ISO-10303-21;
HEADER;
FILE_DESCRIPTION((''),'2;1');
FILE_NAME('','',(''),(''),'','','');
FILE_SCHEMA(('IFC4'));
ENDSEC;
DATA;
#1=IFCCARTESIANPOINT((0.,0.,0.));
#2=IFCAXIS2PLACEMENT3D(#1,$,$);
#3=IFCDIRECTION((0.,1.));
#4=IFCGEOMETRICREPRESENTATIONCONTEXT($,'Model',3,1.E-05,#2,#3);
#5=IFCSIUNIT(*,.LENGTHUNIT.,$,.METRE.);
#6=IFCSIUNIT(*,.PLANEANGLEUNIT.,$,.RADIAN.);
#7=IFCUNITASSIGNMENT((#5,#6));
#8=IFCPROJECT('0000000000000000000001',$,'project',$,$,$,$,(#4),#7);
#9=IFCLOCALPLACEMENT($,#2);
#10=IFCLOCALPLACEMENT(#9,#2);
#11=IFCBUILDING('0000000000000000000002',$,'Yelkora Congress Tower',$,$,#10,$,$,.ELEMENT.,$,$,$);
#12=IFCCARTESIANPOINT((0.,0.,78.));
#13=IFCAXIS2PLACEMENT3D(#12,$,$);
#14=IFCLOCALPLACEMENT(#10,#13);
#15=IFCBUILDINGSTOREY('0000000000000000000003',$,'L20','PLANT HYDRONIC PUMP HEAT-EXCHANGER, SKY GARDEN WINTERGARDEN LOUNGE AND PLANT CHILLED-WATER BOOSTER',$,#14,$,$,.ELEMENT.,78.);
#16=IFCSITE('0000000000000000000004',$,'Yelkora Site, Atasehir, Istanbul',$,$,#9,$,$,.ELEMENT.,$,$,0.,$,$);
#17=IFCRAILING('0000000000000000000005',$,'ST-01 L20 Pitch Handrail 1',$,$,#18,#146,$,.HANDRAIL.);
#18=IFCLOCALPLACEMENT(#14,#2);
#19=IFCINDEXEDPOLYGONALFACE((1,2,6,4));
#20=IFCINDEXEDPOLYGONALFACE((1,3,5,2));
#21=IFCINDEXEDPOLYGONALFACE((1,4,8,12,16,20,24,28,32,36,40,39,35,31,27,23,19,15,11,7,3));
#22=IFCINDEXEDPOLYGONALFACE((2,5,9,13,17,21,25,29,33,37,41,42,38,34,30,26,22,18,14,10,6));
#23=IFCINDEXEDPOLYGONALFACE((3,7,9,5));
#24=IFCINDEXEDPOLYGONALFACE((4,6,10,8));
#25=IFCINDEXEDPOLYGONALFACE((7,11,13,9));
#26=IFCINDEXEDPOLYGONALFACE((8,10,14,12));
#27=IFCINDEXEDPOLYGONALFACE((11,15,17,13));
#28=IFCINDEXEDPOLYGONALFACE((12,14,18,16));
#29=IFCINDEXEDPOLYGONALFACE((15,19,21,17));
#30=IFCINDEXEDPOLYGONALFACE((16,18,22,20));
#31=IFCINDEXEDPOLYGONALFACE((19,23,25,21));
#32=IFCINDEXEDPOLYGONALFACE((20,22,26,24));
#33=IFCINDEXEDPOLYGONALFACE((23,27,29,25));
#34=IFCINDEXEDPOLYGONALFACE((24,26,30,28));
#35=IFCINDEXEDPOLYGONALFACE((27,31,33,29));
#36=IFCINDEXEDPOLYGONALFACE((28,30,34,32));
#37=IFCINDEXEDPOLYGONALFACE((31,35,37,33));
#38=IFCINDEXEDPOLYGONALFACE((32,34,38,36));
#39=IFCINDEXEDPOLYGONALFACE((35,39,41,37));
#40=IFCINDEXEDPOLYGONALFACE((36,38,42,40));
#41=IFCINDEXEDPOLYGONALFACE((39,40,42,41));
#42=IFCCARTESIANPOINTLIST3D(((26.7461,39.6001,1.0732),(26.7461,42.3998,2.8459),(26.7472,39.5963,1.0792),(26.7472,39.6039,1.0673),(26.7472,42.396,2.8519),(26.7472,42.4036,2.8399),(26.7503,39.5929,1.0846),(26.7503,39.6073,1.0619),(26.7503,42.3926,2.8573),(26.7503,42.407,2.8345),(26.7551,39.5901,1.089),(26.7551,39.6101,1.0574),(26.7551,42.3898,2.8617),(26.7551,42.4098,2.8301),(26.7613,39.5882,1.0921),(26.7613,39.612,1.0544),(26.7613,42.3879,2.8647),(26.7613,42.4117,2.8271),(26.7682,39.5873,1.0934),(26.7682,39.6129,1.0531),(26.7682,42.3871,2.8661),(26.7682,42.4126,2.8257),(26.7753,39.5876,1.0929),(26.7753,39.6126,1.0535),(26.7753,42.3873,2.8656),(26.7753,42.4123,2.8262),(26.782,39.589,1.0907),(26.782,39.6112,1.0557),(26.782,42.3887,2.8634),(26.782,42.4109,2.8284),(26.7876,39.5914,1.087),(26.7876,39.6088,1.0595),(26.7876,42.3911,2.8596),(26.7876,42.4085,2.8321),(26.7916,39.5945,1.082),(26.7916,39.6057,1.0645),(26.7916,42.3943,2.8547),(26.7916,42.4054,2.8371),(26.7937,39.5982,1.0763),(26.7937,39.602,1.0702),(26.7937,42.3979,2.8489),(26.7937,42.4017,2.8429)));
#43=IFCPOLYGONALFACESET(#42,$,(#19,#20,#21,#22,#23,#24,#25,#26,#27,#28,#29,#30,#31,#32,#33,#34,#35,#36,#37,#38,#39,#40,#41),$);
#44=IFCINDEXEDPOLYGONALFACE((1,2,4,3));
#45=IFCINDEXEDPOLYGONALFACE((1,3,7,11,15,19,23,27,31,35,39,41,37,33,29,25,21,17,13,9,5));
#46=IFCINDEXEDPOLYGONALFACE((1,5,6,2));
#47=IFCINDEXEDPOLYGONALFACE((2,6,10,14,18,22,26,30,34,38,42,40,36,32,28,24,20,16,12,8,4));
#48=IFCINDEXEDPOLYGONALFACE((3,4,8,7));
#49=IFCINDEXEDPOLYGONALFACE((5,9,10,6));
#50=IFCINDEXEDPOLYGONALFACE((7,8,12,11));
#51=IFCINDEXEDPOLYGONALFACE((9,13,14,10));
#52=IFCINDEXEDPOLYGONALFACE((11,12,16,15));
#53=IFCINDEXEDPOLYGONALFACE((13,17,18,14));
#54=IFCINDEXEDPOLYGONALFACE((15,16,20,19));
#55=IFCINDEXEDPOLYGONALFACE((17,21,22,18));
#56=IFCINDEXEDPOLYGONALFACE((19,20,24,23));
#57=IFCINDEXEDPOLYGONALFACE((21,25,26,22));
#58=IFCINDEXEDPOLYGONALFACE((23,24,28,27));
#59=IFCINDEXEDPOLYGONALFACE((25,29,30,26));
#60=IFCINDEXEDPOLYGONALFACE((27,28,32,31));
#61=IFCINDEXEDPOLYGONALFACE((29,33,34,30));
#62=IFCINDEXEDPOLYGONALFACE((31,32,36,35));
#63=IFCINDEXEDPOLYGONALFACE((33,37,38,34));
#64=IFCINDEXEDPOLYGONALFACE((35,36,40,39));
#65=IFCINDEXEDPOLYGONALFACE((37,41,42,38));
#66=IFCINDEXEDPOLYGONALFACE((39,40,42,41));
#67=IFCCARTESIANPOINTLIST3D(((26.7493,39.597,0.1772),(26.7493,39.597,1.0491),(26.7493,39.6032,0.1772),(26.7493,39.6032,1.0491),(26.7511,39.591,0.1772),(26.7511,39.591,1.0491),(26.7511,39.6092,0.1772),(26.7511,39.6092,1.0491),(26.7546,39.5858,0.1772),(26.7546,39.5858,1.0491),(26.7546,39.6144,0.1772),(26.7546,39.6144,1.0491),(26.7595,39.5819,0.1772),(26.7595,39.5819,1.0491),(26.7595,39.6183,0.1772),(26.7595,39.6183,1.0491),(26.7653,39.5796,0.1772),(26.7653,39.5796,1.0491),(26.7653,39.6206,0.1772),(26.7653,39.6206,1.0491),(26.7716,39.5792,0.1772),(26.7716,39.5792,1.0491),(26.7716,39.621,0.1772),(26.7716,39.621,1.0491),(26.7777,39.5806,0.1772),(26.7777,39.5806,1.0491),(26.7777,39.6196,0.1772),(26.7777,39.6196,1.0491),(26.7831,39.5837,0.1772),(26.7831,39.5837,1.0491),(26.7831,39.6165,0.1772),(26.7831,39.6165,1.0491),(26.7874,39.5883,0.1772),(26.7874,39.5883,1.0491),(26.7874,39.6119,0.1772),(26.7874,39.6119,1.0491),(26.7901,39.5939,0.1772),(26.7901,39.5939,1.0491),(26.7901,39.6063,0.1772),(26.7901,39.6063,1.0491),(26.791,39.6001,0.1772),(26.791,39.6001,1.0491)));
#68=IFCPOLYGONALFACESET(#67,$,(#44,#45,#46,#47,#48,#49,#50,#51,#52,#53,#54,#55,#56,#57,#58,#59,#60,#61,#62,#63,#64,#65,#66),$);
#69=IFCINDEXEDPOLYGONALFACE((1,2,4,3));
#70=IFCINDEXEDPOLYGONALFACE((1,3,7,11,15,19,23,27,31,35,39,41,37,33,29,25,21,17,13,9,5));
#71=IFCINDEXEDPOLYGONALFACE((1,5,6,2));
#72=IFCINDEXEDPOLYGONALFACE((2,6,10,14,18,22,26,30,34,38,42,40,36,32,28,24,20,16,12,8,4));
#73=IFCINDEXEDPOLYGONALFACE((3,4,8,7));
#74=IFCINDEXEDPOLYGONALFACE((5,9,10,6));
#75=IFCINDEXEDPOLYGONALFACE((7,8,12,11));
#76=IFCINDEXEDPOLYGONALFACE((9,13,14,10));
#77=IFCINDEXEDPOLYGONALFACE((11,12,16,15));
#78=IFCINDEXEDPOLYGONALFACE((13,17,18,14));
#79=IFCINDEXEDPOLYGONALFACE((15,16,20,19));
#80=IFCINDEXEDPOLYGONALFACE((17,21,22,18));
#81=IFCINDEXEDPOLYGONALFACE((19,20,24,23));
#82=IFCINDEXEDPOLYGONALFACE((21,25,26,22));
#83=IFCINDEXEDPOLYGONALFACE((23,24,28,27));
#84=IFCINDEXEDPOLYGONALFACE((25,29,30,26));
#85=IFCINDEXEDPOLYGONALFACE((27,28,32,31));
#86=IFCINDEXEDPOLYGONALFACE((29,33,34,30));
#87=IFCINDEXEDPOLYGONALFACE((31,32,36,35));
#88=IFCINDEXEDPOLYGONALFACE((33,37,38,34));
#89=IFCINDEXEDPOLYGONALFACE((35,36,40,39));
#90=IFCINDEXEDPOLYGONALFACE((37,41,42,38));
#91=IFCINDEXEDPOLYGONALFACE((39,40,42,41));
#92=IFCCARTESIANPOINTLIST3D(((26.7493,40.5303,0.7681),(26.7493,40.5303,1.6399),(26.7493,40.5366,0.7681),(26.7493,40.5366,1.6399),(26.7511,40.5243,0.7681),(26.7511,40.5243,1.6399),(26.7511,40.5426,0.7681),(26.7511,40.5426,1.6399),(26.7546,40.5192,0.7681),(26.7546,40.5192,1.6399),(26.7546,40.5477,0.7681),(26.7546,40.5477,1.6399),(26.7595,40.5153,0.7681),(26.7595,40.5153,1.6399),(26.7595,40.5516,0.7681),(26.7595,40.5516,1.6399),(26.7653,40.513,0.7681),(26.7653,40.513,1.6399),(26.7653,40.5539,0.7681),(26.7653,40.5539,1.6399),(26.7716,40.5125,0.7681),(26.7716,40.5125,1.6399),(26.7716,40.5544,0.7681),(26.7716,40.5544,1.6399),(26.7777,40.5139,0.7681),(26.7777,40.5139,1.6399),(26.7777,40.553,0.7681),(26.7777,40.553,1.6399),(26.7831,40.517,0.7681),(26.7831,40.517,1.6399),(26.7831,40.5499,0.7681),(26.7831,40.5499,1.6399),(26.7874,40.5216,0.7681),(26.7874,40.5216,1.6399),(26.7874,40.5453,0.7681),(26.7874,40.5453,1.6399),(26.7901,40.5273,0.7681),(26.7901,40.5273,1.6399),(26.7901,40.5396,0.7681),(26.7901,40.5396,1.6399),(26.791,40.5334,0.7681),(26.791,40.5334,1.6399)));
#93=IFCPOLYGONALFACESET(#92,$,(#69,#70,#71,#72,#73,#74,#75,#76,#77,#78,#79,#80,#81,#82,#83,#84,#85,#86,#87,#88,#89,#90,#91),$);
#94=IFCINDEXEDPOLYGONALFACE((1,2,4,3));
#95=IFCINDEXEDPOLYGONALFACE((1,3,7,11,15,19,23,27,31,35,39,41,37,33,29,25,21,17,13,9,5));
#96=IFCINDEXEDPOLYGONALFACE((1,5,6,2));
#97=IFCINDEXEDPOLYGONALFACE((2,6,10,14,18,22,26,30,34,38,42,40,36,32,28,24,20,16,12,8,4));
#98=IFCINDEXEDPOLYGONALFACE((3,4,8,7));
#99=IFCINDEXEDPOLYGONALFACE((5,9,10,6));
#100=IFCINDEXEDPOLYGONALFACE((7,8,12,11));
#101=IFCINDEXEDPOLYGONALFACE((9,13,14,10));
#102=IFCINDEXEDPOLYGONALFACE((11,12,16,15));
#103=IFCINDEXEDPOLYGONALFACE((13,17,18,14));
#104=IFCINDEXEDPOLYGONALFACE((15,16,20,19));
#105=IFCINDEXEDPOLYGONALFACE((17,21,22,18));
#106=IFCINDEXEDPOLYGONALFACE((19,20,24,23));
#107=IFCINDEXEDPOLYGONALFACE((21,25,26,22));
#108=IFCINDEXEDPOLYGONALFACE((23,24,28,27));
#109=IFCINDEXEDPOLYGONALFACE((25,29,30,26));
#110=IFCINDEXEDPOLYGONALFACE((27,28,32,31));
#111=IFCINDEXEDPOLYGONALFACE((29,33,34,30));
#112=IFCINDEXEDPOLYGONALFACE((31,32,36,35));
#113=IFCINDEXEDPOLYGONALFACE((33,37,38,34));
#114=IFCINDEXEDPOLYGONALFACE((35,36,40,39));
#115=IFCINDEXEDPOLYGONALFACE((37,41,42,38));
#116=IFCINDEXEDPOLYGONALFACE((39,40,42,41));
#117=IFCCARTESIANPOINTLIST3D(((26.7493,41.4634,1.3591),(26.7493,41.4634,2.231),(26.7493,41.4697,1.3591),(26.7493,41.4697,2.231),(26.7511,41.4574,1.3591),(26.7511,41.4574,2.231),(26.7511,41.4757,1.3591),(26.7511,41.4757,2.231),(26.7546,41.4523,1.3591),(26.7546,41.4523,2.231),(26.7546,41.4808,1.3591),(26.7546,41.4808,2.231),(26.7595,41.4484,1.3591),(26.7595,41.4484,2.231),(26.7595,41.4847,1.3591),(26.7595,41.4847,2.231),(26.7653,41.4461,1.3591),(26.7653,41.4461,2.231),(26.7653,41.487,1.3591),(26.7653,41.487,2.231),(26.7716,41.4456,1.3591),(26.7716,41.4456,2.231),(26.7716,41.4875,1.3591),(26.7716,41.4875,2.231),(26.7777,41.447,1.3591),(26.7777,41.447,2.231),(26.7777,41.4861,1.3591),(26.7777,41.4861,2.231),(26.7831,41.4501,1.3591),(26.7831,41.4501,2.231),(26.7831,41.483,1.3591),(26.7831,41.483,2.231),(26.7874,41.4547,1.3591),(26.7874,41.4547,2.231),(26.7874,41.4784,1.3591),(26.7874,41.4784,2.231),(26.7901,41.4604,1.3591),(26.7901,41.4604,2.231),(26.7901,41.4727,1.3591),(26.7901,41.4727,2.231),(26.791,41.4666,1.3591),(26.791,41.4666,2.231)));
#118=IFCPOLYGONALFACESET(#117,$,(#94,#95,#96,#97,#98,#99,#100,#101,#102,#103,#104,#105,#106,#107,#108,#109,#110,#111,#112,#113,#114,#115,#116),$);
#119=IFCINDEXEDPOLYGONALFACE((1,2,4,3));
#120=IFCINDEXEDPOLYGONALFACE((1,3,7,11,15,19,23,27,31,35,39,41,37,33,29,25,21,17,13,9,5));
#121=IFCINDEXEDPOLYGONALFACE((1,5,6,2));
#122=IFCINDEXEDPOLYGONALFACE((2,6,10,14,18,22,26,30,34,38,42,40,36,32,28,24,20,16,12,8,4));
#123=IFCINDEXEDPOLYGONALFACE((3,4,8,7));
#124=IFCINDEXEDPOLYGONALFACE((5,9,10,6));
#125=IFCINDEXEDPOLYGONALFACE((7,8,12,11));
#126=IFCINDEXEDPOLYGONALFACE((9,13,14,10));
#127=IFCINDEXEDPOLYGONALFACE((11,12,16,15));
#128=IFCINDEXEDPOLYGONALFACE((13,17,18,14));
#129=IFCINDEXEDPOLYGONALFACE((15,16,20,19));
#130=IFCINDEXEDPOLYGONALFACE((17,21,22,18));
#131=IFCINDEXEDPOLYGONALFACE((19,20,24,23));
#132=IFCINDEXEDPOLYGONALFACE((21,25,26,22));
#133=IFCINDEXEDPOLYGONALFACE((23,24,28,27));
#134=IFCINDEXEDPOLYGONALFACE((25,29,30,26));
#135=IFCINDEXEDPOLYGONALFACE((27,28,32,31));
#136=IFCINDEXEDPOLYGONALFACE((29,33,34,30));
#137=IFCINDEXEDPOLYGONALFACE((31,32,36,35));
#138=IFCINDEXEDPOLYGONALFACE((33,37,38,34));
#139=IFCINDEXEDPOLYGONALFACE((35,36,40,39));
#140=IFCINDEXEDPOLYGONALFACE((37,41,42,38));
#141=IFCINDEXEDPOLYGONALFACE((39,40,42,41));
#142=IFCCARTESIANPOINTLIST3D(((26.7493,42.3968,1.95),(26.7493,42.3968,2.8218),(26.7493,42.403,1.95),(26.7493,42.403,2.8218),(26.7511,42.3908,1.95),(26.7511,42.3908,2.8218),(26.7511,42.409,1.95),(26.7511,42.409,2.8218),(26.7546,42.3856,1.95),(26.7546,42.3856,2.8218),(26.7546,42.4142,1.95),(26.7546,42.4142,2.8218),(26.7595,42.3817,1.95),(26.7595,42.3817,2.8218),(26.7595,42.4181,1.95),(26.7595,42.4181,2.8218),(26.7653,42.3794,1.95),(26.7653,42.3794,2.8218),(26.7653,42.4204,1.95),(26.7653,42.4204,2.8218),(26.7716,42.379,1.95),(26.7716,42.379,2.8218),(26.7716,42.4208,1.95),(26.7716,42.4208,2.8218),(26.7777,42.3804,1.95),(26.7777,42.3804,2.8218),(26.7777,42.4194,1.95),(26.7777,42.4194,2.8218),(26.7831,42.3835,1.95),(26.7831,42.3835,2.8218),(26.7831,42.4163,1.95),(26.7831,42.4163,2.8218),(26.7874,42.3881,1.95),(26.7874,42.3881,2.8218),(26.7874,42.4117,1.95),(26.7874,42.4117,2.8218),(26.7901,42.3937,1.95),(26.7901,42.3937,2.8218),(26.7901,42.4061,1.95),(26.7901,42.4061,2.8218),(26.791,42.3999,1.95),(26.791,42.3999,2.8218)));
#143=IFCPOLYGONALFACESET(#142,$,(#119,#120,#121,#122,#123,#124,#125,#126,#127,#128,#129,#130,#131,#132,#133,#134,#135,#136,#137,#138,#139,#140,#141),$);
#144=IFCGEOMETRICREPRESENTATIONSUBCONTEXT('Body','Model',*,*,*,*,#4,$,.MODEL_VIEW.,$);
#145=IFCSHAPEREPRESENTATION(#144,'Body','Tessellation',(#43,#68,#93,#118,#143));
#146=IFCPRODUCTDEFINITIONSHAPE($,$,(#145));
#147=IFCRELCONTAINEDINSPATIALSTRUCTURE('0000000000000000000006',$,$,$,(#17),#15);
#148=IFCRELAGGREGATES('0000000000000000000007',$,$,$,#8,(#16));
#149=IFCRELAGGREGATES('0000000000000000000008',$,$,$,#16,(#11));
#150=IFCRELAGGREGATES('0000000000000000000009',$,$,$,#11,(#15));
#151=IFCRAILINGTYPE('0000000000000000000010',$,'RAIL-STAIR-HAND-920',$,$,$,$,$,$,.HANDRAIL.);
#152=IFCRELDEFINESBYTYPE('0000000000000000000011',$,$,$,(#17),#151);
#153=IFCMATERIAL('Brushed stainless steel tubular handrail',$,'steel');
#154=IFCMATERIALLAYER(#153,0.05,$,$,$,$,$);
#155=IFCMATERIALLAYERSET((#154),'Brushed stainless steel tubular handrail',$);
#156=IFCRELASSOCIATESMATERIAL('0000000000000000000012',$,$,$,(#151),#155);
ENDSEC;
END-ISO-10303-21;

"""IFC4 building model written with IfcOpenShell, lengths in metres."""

from ifc_helpers import new_model, si_unit, direction, frame, origin, origin_2d, place, context, subcontext, project, spatial, circle, extrude, material, layer, layer_set, type_object, element, save


model = new_model("IFC4")

# Units and contexts
model_context = context("Model", 3, precision=1e-05, world=origin(), true_north=direction((0.0, 1.0)))
body_context = subcontext(model_context, "Body", "Model", "MODEL_VIEW")
ifc_project = project(units=[si_unit("LENGTHUNIT", "METRE"), si_unit("PLANEANGLEUNIT", "RADIAN")], contexts=[model_context])

# Site, building, storey
site_placement = place(None, origin())
site = spatial("IfcSite", under=ifc_project, at=site_placement, Name="Yelkora Site, Atasehir, Istanbul", CompositionType="ELEMENT", RefElevation=0.0)
building_placement = place(site_placement, origin())
building = spatial("IfcBuilding", under=site, at=building_placement, Name="Yelkora Congress Tower", CompositionType="ELEMENT")
storey_placement = place(building_placement, frame((0.0, 0.0, 78.0)))
storey = spatial("IfcBuildingStorey", under=building, at=storey_placement, Name="L20", Description="PLANT HYDRONIC PUMP HEAT-EXCHANGER, SKY GARDEN WINTERGARDEN LOUNGE AND PLANT CHILLED-WATER BOOSTER", CompositionType="ELEMENT", Elevation=78.0)

# Railing
ifc_material_1 = material(Name="Brushed stainless steel tubular handrail", Category="steel")
ifc_layer_1 = layer(ifc_material_1, 0.05)
ifc_layer_set_1 = layer_set([ifc_layer_1], Name="Brushed stainless steel tubular handrail")
railing_type_1 = type_object("IfcRailingType", Name="RAIL-STAIR-HAND-920", PredefinedType="HANDRAIL", material=ifc_layer_set_1)
railing_1_placement = place(storey_placement, frame((26.77, 39.6001, 0.1772)))
element("IfcRailing", 1, at=railing_1_placement, inside=storey, type_object=railing_type_1, Name="ST-01 L20 Pitch Handrail 1", PredefinedType="HANDRAIL", context=body_context, shape_type="SweptSolid", body=[
    extrude(circle(Radius=0.0239, at=origin_2d()), frame((0.0, 0.0, 0.896), z_axis=(0.0, 0.844888, 0.534943), x_axis=(-1.0, 0.0, 0.0)), (0.0, 0.0, 1.0), 3.3137),
    extrude(circle(Radius=0.021, at=origin_2d()), origin(), (0.0, 0.0, 1.0), 0.8718),
    extrude(circle(Radius=0.021, at=origin_2d()), frame((0.0, 0.9333, 0.5908)), (0.0, 0.0, 1.0), 0.8718),
    extrude(circle(Radius=0.021, at=origin_2d()), frame((0.0, 1.8665, 1.1819)), (0.0, 0.0, 1.0), 0.8718),
    extrude(circle(Radius=0.021, at=origin_2d()), frame((0.0, 2.7998, 1.7727)), (0.0, 0.0, 1.0), 0.8718),
])

save(model, "model.ifc")
